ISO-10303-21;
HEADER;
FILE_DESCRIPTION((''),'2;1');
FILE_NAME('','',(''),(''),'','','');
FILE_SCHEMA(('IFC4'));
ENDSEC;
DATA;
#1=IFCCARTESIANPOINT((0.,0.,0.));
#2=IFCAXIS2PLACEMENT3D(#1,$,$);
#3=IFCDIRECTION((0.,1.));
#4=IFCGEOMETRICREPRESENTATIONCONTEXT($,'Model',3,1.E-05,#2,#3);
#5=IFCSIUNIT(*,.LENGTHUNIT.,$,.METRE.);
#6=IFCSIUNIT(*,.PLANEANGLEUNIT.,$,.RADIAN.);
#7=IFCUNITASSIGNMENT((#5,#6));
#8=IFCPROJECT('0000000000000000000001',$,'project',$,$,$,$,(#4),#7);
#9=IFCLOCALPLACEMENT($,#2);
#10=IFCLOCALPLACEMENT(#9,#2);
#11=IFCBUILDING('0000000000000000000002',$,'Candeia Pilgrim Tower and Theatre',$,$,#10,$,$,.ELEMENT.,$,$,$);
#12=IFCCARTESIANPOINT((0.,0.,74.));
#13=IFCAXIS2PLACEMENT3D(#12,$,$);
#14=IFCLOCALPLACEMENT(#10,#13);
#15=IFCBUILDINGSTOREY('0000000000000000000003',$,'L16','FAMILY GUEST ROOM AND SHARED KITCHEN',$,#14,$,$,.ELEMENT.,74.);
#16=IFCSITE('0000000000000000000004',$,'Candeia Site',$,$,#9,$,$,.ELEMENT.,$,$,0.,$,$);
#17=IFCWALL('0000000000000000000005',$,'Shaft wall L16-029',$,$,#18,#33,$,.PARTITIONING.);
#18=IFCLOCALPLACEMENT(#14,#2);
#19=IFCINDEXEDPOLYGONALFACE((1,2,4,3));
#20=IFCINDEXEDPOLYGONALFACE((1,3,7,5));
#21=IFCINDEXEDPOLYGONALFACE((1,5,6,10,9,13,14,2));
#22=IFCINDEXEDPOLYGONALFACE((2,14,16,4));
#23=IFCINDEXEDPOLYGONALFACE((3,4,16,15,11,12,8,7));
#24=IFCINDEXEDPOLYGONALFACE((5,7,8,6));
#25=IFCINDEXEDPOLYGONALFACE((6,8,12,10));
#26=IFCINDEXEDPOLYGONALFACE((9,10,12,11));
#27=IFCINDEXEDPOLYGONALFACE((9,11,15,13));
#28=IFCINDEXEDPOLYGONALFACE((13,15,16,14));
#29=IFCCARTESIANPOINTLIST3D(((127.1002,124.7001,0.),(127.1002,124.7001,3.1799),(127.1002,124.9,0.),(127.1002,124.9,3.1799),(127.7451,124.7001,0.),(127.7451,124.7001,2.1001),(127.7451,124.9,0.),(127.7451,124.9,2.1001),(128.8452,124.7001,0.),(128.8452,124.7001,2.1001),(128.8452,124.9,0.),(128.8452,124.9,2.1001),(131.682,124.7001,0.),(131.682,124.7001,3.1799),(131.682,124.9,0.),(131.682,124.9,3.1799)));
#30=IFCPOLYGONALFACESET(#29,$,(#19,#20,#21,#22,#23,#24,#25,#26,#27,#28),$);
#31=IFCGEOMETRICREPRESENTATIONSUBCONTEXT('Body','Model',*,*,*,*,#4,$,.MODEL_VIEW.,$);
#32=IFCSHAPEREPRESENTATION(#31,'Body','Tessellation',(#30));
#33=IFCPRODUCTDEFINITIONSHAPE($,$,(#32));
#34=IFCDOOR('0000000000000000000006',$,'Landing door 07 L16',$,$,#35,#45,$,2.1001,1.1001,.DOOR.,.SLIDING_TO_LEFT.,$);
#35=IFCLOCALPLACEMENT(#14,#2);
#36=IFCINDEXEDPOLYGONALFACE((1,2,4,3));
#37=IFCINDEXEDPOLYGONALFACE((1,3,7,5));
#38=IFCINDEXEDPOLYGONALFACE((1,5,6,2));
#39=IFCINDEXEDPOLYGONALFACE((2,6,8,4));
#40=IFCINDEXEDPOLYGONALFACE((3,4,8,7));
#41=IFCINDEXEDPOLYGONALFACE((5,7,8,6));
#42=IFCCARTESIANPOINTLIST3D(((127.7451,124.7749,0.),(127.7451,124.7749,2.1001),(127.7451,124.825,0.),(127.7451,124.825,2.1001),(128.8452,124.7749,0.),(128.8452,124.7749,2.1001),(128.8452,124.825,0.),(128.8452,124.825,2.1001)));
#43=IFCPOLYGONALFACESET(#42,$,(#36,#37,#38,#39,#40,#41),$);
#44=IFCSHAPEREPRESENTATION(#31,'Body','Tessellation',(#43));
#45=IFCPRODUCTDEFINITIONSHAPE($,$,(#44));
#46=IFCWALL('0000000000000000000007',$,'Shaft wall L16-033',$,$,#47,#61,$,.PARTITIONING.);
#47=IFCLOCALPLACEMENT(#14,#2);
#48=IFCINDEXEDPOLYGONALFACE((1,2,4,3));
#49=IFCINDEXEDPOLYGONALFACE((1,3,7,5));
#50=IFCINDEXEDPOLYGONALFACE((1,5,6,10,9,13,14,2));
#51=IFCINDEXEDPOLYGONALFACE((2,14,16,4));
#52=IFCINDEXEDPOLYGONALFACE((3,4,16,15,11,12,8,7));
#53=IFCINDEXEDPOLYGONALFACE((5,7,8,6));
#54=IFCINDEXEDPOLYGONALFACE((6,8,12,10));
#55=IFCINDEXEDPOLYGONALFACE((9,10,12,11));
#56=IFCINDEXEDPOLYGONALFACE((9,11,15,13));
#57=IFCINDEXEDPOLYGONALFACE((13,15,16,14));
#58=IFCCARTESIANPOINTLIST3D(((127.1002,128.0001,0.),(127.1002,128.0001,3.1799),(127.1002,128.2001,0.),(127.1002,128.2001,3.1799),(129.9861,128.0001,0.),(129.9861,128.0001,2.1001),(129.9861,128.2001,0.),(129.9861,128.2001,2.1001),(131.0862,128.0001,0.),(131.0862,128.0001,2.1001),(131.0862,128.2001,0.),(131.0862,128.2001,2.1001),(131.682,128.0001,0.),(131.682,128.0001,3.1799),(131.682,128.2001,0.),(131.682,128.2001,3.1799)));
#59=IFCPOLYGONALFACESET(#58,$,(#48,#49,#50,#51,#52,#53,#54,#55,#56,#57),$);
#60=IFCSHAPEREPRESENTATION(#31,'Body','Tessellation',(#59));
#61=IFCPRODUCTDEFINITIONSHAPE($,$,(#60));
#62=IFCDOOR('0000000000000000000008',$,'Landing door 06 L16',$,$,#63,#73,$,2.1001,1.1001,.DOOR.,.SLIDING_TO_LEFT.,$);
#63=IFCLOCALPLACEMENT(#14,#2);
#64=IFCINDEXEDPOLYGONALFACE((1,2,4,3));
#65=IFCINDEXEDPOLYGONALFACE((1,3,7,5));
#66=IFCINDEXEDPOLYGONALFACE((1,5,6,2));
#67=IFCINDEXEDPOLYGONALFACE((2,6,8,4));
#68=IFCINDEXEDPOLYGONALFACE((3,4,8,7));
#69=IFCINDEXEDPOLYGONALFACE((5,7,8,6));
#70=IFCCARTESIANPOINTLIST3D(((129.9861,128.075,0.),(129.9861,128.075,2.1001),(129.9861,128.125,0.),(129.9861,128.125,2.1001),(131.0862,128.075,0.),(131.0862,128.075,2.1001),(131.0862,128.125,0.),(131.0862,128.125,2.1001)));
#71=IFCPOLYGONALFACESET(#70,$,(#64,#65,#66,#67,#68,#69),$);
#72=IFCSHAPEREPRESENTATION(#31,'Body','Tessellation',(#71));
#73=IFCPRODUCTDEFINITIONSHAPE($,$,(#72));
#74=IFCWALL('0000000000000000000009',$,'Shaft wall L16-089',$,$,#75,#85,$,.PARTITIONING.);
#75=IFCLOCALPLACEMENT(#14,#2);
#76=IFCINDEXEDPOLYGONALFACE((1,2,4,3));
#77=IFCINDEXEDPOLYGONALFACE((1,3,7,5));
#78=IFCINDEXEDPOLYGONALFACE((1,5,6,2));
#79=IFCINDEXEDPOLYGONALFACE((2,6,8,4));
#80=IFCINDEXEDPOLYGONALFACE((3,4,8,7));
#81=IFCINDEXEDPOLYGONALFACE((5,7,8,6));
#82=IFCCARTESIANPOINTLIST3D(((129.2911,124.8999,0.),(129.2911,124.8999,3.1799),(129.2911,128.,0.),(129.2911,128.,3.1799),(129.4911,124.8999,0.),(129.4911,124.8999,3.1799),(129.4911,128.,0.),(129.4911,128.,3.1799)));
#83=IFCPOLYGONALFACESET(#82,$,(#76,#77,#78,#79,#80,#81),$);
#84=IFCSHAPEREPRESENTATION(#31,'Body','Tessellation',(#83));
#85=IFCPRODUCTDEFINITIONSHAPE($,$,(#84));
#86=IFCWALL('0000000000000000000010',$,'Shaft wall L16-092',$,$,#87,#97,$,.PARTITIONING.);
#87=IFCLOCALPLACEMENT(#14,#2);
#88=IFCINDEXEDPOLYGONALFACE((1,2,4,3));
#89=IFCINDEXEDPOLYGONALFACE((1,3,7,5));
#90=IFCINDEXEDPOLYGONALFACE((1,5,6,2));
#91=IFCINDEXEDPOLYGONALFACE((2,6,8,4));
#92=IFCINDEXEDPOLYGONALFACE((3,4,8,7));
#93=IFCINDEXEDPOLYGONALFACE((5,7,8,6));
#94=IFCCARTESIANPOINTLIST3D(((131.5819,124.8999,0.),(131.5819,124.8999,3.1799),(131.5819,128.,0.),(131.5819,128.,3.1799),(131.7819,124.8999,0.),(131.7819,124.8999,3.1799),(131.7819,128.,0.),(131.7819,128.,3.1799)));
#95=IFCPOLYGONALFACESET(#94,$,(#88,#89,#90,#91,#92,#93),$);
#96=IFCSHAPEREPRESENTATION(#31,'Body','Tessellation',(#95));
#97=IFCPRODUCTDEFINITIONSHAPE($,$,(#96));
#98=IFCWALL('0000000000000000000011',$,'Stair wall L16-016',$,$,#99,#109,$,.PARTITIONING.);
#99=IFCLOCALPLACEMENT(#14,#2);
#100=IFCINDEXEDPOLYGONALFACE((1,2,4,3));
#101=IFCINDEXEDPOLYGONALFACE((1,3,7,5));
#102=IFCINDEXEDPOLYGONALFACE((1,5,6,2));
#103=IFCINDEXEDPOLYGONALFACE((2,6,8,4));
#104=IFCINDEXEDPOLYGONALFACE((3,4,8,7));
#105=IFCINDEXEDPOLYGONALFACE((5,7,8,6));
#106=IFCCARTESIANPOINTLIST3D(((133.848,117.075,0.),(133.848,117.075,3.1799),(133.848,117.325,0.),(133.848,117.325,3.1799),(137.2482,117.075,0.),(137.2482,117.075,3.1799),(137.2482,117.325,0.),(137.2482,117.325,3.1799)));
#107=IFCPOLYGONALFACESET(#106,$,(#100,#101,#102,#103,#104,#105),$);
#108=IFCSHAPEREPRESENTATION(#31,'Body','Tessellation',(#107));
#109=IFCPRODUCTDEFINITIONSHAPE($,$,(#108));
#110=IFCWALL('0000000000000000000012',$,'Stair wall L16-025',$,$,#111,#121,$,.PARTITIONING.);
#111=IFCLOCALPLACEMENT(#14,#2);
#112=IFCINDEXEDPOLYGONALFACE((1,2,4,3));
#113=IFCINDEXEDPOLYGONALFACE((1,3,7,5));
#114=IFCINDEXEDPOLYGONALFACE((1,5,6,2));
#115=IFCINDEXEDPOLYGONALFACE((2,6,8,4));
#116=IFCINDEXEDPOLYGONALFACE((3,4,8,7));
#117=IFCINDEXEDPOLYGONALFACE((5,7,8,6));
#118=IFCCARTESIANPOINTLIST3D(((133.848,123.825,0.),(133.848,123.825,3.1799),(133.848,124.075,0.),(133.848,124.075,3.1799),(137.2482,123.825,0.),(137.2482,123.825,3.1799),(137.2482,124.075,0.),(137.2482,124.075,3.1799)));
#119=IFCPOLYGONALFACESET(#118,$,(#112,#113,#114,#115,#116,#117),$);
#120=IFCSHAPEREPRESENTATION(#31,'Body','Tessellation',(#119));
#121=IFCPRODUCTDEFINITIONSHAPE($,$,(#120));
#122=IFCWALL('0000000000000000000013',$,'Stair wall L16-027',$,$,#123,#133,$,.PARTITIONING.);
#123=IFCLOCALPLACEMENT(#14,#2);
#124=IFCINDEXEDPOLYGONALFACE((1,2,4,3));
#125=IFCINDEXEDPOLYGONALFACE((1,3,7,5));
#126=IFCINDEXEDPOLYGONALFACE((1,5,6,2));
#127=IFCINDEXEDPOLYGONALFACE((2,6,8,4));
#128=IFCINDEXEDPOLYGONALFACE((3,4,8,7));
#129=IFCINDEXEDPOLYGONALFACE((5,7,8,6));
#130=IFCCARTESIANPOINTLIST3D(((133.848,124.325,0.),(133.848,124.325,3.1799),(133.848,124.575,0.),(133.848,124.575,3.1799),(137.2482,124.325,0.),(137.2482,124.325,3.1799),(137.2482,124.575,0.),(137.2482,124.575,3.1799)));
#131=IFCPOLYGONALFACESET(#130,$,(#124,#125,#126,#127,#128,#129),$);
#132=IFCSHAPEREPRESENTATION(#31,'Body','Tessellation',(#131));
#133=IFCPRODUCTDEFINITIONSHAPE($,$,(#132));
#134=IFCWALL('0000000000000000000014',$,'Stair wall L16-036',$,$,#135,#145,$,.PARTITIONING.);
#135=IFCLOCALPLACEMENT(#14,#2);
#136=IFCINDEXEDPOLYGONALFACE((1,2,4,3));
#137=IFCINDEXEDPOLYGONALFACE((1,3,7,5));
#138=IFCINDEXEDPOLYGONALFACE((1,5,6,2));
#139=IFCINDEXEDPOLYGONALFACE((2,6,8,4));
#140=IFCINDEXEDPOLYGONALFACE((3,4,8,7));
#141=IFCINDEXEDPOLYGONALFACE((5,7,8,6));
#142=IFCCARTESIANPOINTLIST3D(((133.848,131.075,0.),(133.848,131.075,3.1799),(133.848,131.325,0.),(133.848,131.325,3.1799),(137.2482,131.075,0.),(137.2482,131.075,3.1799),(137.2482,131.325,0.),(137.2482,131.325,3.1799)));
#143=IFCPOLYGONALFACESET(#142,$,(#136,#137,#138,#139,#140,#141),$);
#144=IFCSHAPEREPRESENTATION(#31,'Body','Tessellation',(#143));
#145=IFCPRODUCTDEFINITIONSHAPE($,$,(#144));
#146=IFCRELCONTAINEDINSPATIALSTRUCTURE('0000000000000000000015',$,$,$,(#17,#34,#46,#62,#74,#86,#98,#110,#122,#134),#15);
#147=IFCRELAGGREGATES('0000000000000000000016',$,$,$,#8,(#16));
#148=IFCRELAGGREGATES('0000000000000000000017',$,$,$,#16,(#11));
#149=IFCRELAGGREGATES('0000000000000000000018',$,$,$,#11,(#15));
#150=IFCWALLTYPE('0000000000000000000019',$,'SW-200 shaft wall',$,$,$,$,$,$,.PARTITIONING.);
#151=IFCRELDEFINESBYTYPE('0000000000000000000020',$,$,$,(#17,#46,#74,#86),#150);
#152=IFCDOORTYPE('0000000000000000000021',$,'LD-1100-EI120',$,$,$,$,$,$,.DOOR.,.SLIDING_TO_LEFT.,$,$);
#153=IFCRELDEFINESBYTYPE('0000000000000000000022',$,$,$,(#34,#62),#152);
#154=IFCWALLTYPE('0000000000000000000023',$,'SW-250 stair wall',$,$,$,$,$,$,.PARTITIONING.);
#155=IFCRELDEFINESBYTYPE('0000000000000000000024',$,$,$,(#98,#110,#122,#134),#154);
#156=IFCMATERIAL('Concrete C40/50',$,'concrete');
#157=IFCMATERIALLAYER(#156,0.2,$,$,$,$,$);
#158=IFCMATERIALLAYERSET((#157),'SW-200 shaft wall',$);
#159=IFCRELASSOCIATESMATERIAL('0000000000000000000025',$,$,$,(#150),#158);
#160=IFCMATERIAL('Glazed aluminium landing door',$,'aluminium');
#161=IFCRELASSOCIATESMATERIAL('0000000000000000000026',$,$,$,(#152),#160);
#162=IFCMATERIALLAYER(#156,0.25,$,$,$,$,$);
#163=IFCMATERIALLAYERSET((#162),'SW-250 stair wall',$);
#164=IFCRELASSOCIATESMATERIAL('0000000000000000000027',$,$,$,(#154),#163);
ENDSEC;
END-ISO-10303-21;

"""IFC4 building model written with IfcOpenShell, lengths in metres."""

from ifc_helpers import new_model, si_unit, direction, frame, frame_2d, origin, place, context, subcontext, project, spatial, rectangle, extrude, material, layer, layer_set, type_object, element, fill, save


model = new_model("IFC4")

# Units and contexts
model_context = context("Model", 3, precision=1e-05, world=origin(), true_north=direction((0.0, 1.0)))
body_context = subcontext(model_context, "Body", "Model", "MODEL_VIEW")
ifc_project = project(units=[si_unit("LENGTHUNIT", "METRE"), si_unit("PLANEANGLEUNIT", "RADIAN")], contexts=[model_context])

# Site, building, storey
site_placement = place(None, origin())
site = spatial("IfcSite", under=ifc_project, at=site_placement, Name="Candeia Site", CompositionType="ELEMENT", RefElevation=0.0)
building_placement = place(site_placement, origin())
building = spatial("IfcBuilding", under=site, at=building_placement, Name="Candeia Pilgrim Tower and Theatre", CompositionType="ELEMENT")
storey_placement = place(building_placement, frame((0.0, 0.0, 74.0)))
storey = spatial("IfcBuildingStorey", under=building, at=storey_placement, Name="L16", Description="FAMILY GUEST ROOM AND SHARED KITCHEN", CompositionType="ELEMENT", Elevation=74.0)

# Shared definitions
ifc_material_1 = material(Name="Concrete C40/50", Category="concrete")
ifc_layer_1 = layer(ifc_material_1, 0.2)
ifc_layer_set_1 = layer_set([ifc_layer_1], Name="SW-200 shaft wall")
wall_type_1 = type_object("IfcWallType", Name="SW-200 shaft wall", PredefinedType="PARTITIONING", material=ifc_layer_set_1)

# Walls, openings, doors
wall_1_placement = place(storey_placement, frame((127.1001, 124.8, 0.0), z_axis=(0.0, 0.0, 1.0), x_axis=(1.0, 0.0, 0.0)))
wall_1 = element("IfcWall", 1, at=wall_1_placement, inside=storey, type_object=wall_type_1, Name="Shaft wall L16-029", PredefinedType="PARTITIONING", context=body_context, shape_type="SweptSolid", body=[
    extrude(rectangle(XDim=4.5818, YDim=0.2, at=frame_2d((2.291, 0.0))), origin(), (0.0, 0.0, 1.0), 3.1799),
])
opening_1_placement = place(wall_1_placement, frame((0.645, 0.0, 0.0)))
opening_1 = element("IfcOpeningElement", 2, at=opening_1_placement, cuts=wall_1, PredefinedType="OPENING", context=body_context, shape_type="SweptSolid", body=[
    extrude(rectangle(XDim=1.1001, YDim=2.1001, at=frame_2d((0.55, 1.05))), frame((0.0, 0.1099, 0.0), z_axis=(0.0, -1.0, 0.0), x_axis=(1.0, 0.0, 0.0)), (0.0, 0.0, 1.0), 0.22),
])
ifc_material_2 = material(Name="Glazed aluminium landing door", Category="aluminium")
door_type_1 = type_object("IfcDoorType", Name="LD-1100-EI120", OperationType="SLIDING_TO_LEFT", PredefinedType="DOOR", material=ifc_material_2)
door_1_placement = place(opening_1_placement, origin())
door_1 = element("IfcDoor", 3, at=door_1_placement, inside=storey, type_object=door_type_1, Name="Landing door 07 L16", OperationType="SLIDING_TO_LEFT", OverallHeight=2.1001, OverallWidth=1.1001, PredefinedType="DOOR", context=body_context, shape_type="SweptSolid", body=[
    extrude(rectangle(XDim=1.1001, YDim=2.1001, at=frame_2d((0.55, 1.05))), frame((0.0, 0.0249, 0.0), z_axis=(0.0, -1.0, 0.0), x_axis=(1.0, 0.0, 0.0)), (0.0, 0.0, 1.0), 0.05),
])
fill(opening_1, door_1)
wall_2_placement = place(storey_placement, frame((127.1001, 128.1001, 0.0), z_axis=(0.0, 0.0, 1.0), x_axis=(1.0, 0.0, 0.0)))
wall_2 = element("IfcWall", 4, at=wall_2_placement, inside=storey, type_object=wall_type_1, Name="Shaft wall L16-033", PredefinedType="PARTITIONING", context=body_context, shape_type="SweptSolid", body=[
    extrude(rectangle(XDim=4.5818, YDim=0.2, at=frame_2d((2.291, 0.0))), origin(), (0.0, 0.0, 1.0), 3.1799),
])
opening_2_placement = place(wall_2_placement, frame((2.886, 0.0, 0.0)))
opening_2 = element("IfcOpeningElement", 5, at=opening_2_placement, cuts=wall_2, PredefinedType="OPENING", context=body_context, shape_type="SweptSolid", body=[
    extrude(rectangle(XDim=1.1001, YDim=2.1001, at=frame_2d((0.55, 1.05))), frame((0.0, 0.1099, 0.0), z_axis=(0.0, -1.0, 0.0), x_axis=(1.0, 0.0, 0.0)), (0.0, 0.0, 1.0), 0.22),
])
door_2_placement = place(opening_2_placement, origin())
door_2 = element("IfcDoor", 6, at=door_2_placement, inside=storey, type_object=door_type_1, Name="Landing door 06 L16", OperationType="SLIDING_TO_LEFT", OverallHeight=2.1001, OverallWidth=1.1001, PredefinedType="DOOR", context=body_context, shape_type="SweptSolid", body=[
    extrude(rectangle(XDim=1.1001, YDim=2.1001, at=frame_2d((0.55, 1.05))), frame((0.0, 0.0249, 0.0), z_axis=(0.0, -1.0, 0.0), x_axis=(1.0, 0.0, 0.0)), (0.0, 0.0, 1.0), 0.05),
])
fill(opening_2, door_2)

# Walls
for number, where, z_axis, x_axis, name in (
    (7, (129.3911, 124.8999, 0.0), (0.0, 0.0, 1.0), (0.0, 1.0, 0.0), "Shaft wall L16-089"),
    (8, (131.6819, 124.8999, 0.0), (0.0, 0.0, 1.0), (0.0, 1.0, 0.0), "Shaft wall L16-092"),
):
    element("IfcWall", number, at=place(storey_placement, frame(where, z_axis=z_axis, x_axis=x_axis)), inside=storey, type_object=wall_type_1, Name=name, PredefinedType="PARTITIONING", context=body_context, shape_type="SweptSolid", body=[
        extrude(rectangle(XDim=3.1001, YDim=0.2, at=frame_2d((1.55, 0.0))), origin(), (0.0, 0.0, 1.0), 3.1799),
    ])
ifc_layer_2 = layer(ifc_material_1, 0.25)
ifc_layer_set_2 = layer_set([ifc_layer_2], Name="SW-250 stair wall")
wall_type_2 = type_object("IfcWallType", Name="SW-250 stair wall", PredefinedType="PARTITIONING", material=ifc_layer_set_2)
for number, where, z_axis, x_axis, name in (
    (9, (133.8479, 117.2, 0.0), (0.0, 0.0, 1.0), (1.0, 0.0, 0.0), "Stair wall L16-016"),
    (10, (133.8479, 123.95, 0.0), (0.0, 0.0, 1.0), (1.0, 0.0, 0.0), "Stair wall L16-025"),
    (11, (133.8479, 124.45, 0.0), (0.0, 0.0, 1.0), (1.0, 0.0, 0.0), "Stair wall L16-027"),
    (12, (133.8479, 131.2, 0.0), (0.0, 0.0, 1.0), (1.0, 0.0, 0.0), "Stair wall L16-036"),
):
    element("IfcWall", number, at=place(storey_placement, frame(where, z_axis=z_axis, x_axis=x_axis)), inside=storey, type_object=wall_type_2, Name=name, PredefinedType="PARTITIONING", context=body_context, shape_type="SweptSolid", body=[
        extrude(rectangle(XDim=3.4001, YDim=0.25, at=frame_2d((1.7002, 0.0))), origin(), (0.0, 0.0, 1.0), 3.1799),
    ])

save(model, "model.ifc")
